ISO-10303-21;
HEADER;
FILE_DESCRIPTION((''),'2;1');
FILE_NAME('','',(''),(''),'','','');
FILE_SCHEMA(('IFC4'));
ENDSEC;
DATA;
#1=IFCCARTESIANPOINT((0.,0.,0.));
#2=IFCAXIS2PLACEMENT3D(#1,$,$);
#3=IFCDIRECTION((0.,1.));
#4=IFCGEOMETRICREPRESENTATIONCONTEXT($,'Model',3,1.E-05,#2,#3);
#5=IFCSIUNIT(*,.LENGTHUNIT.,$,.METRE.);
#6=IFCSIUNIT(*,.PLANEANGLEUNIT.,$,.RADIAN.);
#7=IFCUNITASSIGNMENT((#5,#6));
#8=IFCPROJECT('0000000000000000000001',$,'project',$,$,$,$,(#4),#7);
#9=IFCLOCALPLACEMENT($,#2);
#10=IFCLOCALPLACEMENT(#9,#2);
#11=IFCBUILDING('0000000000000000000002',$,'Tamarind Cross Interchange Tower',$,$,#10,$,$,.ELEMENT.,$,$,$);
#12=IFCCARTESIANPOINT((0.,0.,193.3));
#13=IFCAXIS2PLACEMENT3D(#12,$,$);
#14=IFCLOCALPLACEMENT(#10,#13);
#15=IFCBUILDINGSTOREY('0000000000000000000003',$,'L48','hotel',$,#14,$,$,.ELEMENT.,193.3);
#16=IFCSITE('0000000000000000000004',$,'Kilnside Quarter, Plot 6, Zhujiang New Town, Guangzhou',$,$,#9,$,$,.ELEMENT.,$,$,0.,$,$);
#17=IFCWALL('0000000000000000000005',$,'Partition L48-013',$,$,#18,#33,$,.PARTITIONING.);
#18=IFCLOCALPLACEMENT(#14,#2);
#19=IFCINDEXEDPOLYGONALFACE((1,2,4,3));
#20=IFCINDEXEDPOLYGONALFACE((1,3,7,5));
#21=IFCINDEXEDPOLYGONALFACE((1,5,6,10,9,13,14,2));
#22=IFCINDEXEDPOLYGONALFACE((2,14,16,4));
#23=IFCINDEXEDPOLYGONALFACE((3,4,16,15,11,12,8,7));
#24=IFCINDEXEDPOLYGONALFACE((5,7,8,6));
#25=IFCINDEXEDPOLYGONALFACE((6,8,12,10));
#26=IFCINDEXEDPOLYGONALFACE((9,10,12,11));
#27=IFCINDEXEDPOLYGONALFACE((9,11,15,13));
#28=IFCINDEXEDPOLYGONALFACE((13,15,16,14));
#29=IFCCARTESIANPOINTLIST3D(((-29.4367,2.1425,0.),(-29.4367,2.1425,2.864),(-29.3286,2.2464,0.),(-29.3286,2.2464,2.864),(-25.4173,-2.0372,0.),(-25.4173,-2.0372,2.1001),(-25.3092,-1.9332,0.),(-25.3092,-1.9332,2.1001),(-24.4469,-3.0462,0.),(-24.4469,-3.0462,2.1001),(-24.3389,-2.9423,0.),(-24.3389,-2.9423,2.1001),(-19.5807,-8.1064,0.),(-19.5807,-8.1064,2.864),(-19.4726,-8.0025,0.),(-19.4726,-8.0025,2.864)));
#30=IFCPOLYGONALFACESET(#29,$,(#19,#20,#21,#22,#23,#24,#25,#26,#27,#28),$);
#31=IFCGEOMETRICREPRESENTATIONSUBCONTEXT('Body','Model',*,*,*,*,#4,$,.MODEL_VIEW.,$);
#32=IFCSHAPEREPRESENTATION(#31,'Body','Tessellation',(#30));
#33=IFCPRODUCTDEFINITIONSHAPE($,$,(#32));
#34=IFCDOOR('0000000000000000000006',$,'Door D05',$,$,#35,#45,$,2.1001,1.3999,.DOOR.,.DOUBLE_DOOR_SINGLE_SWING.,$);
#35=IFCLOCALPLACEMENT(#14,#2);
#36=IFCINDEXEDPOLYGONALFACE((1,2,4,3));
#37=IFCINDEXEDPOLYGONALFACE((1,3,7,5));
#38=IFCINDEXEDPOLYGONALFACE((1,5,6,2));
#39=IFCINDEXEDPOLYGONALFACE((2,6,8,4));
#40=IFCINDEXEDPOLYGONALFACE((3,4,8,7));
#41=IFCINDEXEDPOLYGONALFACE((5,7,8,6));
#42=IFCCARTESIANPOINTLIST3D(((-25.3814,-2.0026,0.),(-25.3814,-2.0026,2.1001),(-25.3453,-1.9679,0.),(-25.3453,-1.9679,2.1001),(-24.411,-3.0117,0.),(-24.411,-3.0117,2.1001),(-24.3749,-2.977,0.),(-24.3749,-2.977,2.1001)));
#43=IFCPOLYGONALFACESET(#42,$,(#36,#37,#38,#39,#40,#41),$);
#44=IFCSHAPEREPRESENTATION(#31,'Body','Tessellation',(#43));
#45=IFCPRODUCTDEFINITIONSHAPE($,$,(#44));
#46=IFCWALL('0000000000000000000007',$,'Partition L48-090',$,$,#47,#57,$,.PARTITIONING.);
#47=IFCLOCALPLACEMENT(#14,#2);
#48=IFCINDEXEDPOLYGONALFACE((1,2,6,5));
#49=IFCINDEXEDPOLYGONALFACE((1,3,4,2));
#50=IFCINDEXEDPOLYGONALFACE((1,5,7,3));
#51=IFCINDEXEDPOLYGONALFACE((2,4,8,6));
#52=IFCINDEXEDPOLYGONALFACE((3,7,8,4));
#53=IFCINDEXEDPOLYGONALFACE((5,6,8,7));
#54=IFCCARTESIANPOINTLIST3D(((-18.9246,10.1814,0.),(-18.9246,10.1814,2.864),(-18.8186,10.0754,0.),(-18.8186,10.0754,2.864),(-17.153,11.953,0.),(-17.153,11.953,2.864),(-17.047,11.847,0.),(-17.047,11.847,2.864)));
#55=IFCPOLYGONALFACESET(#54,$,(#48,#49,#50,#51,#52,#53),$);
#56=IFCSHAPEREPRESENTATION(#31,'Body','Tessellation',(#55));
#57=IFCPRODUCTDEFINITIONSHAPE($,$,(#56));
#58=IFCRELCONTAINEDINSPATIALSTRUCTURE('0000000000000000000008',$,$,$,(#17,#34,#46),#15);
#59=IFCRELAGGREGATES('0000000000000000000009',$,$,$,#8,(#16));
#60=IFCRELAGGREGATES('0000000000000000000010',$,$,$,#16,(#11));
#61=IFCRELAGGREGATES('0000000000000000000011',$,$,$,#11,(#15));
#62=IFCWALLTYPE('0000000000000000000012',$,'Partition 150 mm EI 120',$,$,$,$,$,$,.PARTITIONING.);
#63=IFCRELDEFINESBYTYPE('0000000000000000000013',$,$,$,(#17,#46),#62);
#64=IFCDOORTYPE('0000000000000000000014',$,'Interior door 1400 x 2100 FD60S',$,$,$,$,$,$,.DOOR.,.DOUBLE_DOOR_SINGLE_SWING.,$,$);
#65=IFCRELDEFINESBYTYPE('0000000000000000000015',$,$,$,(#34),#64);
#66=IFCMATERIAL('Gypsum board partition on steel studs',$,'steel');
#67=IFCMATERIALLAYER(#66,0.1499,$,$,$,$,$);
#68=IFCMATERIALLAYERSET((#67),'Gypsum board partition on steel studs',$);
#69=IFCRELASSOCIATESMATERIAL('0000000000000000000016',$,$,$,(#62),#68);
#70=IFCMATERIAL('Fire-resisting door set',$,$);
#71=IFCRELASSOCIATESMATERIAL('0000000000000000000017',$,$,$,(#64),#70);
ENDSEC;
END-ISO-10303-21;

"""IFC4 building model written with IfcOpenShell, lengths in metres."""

from ifc_helpers import new_model, si_unit, direction, frame, frame_2d, origin, place, context, subcontext, project, spatial, rectangle, extrude, material, layer, layer_set, type_object, element, fill, save


model = new_model("IFC4")

# Units and contexts
model_context = context("Model", 3, precision=1e-05, world=origin(), true_north=direction((0.0, 1.0)))
body_context = subcontext(model_context, "Body", "Model", "MODEL_VIEW")
ifc_project = project(units=[si_unit("LENGTHUNIT", "METRE"), si_unit("PLANEANGLEUNIT", "RADIAN")], contexts=[model_context])

# Site, building, storey
site_placement = place(None, origin())
site = spatial("IfcSite", under=ifc_project, at=site_placement, Name="Kilnside Quarter, Plot 6, Zhujiang New Town, Guangzhou", CompositionType="ELEMENT", RefElevation=0.0)
building_placement = place(site_placement, origin())
building = spatial("IfcBuilding", under=site, at=building_placement, Name="Tamarind Cross Interchange Tower", CompositionType="ELEMENT")
storey_placement = place(building_placement, frame((0.0, 0.0, 193.3)))
storey = spatial("IfcBuildingStorey", under=building, at=storey_placement, Name="L48", Description="hotel", CompositionType="ELEMENT", Elevation=193.3)

# Shared definitions
ifc_material_1 = material(Name="Gypsum board partition on steel studs", Category="steel")

# Wall, opening, door
ifc_layer_1 = layer(ifc_material_1, 0.1499)
ifc_layer_set_1 = layer_set([ifc_layer_1], Name="Gypsum board partition on steel studs")
wall_type_1 = type_object("IfcWallType", Name="Partition 150 mm EI 120", PredefinedType="PARTITIONING", material=ifc_layer_set_1)
wall_1_placement = place(storey_placement, frame((-29.3826, 2.1943, 0.0), z_axis=(0.0, 0.0, 1.0), x_axis=(0.693158, -0.720785, 0.0)))
wall_1 = element("IfcWall", 1, at=wall_1_placement, inside=storey, type_object=wall_type_1, Name="Partition L48-013", PredefinedType="PARTITIONING", context=body_context, shape_type="SweptSolid", body=[
    extrude(rectangle(XDim=14.219, YDim=0.1499, at=frame_2d((7.1094, 0.0))), origin(), (0.0, 0.0, 1.0), 2.864),
])
opening_1_placement = place(wall_1_placement, frame((5.7986, 0.0, 0.0)))
opening_1 = element("IfcOpeningElement", 2, at=opening_1_placement, cuts=wall_1, PredefinedType="OPENING", context=body_context, shape_type="SweptSolid", body=[
    extrude(rectangle(XDim=1.3999, YDim=2.1001, at=frame_2d((0.7, 1.05))), frame((0.0, 0.085, 0.0), z_axis=(0.0, -1.0, 0.0), x_axis=(1.0, 0.0, 0.0)), (0.0, 0.0, 1.0), 0.1699),
])
ifc_material_2 = material(Name="Fire-resisting door set")
door_type_1 = type_object("IfcDoorType", Name="Interior door 1400 x 2100 FD60S", OperationType="DOUBLE_DOOR_SINGLE_SWING", PredefinedType="DOOR", material=ifc_material_2)
door_1_placement = place(opening_1_placement, origin())
door_1 = element("IfcDoor", 3, at=door_1_placement, inside=storey, type_object=door_type_1, Name="Door D05", OperationType="DOUBLE_DOOR_SINGLE_SWING", OverallHeight=2.1001, OverallWidth=1.3999, PredefinedType="DOOR", context=body_context, shape_type="SweptSolid", body=[
    extrude(rectangle(XDim=1.3999, YDim=2.1001, at=frame_2d((0.7, 1.05))), frame((0.0, 0.0249, 0.0), z_axis=(0.0, -1.0, 0.0), x_axis=(1.0, 0.0, 0.0)), (0.0, 0.0, 1.0), 0.05),
])
fill(opening_1, door_1)

# Wall
wall_2_placement = place(storey_placement, frame((-18.8716, 10.1284, 0.0), z_axis=(0.0, 0.0, 1.0), x_axis=(0.707107, 0.707107, 0.0)))
element("IfcWall", 4, at=wall_2_placement, inside=storey, type_object=wall_type_1, Name="Partition L48-090", PredefinedType="PARTITIONING", context=body_context, shape_type="SweptSolid", body=[
    extrude(rectangle(XDim=2.5054, YDim=0.1499, at=frame_2d((1.2527, 0.0))), origin(), (0.0, 0.0, 1.0), 2.864),
])

save(model, "model.ifc")
